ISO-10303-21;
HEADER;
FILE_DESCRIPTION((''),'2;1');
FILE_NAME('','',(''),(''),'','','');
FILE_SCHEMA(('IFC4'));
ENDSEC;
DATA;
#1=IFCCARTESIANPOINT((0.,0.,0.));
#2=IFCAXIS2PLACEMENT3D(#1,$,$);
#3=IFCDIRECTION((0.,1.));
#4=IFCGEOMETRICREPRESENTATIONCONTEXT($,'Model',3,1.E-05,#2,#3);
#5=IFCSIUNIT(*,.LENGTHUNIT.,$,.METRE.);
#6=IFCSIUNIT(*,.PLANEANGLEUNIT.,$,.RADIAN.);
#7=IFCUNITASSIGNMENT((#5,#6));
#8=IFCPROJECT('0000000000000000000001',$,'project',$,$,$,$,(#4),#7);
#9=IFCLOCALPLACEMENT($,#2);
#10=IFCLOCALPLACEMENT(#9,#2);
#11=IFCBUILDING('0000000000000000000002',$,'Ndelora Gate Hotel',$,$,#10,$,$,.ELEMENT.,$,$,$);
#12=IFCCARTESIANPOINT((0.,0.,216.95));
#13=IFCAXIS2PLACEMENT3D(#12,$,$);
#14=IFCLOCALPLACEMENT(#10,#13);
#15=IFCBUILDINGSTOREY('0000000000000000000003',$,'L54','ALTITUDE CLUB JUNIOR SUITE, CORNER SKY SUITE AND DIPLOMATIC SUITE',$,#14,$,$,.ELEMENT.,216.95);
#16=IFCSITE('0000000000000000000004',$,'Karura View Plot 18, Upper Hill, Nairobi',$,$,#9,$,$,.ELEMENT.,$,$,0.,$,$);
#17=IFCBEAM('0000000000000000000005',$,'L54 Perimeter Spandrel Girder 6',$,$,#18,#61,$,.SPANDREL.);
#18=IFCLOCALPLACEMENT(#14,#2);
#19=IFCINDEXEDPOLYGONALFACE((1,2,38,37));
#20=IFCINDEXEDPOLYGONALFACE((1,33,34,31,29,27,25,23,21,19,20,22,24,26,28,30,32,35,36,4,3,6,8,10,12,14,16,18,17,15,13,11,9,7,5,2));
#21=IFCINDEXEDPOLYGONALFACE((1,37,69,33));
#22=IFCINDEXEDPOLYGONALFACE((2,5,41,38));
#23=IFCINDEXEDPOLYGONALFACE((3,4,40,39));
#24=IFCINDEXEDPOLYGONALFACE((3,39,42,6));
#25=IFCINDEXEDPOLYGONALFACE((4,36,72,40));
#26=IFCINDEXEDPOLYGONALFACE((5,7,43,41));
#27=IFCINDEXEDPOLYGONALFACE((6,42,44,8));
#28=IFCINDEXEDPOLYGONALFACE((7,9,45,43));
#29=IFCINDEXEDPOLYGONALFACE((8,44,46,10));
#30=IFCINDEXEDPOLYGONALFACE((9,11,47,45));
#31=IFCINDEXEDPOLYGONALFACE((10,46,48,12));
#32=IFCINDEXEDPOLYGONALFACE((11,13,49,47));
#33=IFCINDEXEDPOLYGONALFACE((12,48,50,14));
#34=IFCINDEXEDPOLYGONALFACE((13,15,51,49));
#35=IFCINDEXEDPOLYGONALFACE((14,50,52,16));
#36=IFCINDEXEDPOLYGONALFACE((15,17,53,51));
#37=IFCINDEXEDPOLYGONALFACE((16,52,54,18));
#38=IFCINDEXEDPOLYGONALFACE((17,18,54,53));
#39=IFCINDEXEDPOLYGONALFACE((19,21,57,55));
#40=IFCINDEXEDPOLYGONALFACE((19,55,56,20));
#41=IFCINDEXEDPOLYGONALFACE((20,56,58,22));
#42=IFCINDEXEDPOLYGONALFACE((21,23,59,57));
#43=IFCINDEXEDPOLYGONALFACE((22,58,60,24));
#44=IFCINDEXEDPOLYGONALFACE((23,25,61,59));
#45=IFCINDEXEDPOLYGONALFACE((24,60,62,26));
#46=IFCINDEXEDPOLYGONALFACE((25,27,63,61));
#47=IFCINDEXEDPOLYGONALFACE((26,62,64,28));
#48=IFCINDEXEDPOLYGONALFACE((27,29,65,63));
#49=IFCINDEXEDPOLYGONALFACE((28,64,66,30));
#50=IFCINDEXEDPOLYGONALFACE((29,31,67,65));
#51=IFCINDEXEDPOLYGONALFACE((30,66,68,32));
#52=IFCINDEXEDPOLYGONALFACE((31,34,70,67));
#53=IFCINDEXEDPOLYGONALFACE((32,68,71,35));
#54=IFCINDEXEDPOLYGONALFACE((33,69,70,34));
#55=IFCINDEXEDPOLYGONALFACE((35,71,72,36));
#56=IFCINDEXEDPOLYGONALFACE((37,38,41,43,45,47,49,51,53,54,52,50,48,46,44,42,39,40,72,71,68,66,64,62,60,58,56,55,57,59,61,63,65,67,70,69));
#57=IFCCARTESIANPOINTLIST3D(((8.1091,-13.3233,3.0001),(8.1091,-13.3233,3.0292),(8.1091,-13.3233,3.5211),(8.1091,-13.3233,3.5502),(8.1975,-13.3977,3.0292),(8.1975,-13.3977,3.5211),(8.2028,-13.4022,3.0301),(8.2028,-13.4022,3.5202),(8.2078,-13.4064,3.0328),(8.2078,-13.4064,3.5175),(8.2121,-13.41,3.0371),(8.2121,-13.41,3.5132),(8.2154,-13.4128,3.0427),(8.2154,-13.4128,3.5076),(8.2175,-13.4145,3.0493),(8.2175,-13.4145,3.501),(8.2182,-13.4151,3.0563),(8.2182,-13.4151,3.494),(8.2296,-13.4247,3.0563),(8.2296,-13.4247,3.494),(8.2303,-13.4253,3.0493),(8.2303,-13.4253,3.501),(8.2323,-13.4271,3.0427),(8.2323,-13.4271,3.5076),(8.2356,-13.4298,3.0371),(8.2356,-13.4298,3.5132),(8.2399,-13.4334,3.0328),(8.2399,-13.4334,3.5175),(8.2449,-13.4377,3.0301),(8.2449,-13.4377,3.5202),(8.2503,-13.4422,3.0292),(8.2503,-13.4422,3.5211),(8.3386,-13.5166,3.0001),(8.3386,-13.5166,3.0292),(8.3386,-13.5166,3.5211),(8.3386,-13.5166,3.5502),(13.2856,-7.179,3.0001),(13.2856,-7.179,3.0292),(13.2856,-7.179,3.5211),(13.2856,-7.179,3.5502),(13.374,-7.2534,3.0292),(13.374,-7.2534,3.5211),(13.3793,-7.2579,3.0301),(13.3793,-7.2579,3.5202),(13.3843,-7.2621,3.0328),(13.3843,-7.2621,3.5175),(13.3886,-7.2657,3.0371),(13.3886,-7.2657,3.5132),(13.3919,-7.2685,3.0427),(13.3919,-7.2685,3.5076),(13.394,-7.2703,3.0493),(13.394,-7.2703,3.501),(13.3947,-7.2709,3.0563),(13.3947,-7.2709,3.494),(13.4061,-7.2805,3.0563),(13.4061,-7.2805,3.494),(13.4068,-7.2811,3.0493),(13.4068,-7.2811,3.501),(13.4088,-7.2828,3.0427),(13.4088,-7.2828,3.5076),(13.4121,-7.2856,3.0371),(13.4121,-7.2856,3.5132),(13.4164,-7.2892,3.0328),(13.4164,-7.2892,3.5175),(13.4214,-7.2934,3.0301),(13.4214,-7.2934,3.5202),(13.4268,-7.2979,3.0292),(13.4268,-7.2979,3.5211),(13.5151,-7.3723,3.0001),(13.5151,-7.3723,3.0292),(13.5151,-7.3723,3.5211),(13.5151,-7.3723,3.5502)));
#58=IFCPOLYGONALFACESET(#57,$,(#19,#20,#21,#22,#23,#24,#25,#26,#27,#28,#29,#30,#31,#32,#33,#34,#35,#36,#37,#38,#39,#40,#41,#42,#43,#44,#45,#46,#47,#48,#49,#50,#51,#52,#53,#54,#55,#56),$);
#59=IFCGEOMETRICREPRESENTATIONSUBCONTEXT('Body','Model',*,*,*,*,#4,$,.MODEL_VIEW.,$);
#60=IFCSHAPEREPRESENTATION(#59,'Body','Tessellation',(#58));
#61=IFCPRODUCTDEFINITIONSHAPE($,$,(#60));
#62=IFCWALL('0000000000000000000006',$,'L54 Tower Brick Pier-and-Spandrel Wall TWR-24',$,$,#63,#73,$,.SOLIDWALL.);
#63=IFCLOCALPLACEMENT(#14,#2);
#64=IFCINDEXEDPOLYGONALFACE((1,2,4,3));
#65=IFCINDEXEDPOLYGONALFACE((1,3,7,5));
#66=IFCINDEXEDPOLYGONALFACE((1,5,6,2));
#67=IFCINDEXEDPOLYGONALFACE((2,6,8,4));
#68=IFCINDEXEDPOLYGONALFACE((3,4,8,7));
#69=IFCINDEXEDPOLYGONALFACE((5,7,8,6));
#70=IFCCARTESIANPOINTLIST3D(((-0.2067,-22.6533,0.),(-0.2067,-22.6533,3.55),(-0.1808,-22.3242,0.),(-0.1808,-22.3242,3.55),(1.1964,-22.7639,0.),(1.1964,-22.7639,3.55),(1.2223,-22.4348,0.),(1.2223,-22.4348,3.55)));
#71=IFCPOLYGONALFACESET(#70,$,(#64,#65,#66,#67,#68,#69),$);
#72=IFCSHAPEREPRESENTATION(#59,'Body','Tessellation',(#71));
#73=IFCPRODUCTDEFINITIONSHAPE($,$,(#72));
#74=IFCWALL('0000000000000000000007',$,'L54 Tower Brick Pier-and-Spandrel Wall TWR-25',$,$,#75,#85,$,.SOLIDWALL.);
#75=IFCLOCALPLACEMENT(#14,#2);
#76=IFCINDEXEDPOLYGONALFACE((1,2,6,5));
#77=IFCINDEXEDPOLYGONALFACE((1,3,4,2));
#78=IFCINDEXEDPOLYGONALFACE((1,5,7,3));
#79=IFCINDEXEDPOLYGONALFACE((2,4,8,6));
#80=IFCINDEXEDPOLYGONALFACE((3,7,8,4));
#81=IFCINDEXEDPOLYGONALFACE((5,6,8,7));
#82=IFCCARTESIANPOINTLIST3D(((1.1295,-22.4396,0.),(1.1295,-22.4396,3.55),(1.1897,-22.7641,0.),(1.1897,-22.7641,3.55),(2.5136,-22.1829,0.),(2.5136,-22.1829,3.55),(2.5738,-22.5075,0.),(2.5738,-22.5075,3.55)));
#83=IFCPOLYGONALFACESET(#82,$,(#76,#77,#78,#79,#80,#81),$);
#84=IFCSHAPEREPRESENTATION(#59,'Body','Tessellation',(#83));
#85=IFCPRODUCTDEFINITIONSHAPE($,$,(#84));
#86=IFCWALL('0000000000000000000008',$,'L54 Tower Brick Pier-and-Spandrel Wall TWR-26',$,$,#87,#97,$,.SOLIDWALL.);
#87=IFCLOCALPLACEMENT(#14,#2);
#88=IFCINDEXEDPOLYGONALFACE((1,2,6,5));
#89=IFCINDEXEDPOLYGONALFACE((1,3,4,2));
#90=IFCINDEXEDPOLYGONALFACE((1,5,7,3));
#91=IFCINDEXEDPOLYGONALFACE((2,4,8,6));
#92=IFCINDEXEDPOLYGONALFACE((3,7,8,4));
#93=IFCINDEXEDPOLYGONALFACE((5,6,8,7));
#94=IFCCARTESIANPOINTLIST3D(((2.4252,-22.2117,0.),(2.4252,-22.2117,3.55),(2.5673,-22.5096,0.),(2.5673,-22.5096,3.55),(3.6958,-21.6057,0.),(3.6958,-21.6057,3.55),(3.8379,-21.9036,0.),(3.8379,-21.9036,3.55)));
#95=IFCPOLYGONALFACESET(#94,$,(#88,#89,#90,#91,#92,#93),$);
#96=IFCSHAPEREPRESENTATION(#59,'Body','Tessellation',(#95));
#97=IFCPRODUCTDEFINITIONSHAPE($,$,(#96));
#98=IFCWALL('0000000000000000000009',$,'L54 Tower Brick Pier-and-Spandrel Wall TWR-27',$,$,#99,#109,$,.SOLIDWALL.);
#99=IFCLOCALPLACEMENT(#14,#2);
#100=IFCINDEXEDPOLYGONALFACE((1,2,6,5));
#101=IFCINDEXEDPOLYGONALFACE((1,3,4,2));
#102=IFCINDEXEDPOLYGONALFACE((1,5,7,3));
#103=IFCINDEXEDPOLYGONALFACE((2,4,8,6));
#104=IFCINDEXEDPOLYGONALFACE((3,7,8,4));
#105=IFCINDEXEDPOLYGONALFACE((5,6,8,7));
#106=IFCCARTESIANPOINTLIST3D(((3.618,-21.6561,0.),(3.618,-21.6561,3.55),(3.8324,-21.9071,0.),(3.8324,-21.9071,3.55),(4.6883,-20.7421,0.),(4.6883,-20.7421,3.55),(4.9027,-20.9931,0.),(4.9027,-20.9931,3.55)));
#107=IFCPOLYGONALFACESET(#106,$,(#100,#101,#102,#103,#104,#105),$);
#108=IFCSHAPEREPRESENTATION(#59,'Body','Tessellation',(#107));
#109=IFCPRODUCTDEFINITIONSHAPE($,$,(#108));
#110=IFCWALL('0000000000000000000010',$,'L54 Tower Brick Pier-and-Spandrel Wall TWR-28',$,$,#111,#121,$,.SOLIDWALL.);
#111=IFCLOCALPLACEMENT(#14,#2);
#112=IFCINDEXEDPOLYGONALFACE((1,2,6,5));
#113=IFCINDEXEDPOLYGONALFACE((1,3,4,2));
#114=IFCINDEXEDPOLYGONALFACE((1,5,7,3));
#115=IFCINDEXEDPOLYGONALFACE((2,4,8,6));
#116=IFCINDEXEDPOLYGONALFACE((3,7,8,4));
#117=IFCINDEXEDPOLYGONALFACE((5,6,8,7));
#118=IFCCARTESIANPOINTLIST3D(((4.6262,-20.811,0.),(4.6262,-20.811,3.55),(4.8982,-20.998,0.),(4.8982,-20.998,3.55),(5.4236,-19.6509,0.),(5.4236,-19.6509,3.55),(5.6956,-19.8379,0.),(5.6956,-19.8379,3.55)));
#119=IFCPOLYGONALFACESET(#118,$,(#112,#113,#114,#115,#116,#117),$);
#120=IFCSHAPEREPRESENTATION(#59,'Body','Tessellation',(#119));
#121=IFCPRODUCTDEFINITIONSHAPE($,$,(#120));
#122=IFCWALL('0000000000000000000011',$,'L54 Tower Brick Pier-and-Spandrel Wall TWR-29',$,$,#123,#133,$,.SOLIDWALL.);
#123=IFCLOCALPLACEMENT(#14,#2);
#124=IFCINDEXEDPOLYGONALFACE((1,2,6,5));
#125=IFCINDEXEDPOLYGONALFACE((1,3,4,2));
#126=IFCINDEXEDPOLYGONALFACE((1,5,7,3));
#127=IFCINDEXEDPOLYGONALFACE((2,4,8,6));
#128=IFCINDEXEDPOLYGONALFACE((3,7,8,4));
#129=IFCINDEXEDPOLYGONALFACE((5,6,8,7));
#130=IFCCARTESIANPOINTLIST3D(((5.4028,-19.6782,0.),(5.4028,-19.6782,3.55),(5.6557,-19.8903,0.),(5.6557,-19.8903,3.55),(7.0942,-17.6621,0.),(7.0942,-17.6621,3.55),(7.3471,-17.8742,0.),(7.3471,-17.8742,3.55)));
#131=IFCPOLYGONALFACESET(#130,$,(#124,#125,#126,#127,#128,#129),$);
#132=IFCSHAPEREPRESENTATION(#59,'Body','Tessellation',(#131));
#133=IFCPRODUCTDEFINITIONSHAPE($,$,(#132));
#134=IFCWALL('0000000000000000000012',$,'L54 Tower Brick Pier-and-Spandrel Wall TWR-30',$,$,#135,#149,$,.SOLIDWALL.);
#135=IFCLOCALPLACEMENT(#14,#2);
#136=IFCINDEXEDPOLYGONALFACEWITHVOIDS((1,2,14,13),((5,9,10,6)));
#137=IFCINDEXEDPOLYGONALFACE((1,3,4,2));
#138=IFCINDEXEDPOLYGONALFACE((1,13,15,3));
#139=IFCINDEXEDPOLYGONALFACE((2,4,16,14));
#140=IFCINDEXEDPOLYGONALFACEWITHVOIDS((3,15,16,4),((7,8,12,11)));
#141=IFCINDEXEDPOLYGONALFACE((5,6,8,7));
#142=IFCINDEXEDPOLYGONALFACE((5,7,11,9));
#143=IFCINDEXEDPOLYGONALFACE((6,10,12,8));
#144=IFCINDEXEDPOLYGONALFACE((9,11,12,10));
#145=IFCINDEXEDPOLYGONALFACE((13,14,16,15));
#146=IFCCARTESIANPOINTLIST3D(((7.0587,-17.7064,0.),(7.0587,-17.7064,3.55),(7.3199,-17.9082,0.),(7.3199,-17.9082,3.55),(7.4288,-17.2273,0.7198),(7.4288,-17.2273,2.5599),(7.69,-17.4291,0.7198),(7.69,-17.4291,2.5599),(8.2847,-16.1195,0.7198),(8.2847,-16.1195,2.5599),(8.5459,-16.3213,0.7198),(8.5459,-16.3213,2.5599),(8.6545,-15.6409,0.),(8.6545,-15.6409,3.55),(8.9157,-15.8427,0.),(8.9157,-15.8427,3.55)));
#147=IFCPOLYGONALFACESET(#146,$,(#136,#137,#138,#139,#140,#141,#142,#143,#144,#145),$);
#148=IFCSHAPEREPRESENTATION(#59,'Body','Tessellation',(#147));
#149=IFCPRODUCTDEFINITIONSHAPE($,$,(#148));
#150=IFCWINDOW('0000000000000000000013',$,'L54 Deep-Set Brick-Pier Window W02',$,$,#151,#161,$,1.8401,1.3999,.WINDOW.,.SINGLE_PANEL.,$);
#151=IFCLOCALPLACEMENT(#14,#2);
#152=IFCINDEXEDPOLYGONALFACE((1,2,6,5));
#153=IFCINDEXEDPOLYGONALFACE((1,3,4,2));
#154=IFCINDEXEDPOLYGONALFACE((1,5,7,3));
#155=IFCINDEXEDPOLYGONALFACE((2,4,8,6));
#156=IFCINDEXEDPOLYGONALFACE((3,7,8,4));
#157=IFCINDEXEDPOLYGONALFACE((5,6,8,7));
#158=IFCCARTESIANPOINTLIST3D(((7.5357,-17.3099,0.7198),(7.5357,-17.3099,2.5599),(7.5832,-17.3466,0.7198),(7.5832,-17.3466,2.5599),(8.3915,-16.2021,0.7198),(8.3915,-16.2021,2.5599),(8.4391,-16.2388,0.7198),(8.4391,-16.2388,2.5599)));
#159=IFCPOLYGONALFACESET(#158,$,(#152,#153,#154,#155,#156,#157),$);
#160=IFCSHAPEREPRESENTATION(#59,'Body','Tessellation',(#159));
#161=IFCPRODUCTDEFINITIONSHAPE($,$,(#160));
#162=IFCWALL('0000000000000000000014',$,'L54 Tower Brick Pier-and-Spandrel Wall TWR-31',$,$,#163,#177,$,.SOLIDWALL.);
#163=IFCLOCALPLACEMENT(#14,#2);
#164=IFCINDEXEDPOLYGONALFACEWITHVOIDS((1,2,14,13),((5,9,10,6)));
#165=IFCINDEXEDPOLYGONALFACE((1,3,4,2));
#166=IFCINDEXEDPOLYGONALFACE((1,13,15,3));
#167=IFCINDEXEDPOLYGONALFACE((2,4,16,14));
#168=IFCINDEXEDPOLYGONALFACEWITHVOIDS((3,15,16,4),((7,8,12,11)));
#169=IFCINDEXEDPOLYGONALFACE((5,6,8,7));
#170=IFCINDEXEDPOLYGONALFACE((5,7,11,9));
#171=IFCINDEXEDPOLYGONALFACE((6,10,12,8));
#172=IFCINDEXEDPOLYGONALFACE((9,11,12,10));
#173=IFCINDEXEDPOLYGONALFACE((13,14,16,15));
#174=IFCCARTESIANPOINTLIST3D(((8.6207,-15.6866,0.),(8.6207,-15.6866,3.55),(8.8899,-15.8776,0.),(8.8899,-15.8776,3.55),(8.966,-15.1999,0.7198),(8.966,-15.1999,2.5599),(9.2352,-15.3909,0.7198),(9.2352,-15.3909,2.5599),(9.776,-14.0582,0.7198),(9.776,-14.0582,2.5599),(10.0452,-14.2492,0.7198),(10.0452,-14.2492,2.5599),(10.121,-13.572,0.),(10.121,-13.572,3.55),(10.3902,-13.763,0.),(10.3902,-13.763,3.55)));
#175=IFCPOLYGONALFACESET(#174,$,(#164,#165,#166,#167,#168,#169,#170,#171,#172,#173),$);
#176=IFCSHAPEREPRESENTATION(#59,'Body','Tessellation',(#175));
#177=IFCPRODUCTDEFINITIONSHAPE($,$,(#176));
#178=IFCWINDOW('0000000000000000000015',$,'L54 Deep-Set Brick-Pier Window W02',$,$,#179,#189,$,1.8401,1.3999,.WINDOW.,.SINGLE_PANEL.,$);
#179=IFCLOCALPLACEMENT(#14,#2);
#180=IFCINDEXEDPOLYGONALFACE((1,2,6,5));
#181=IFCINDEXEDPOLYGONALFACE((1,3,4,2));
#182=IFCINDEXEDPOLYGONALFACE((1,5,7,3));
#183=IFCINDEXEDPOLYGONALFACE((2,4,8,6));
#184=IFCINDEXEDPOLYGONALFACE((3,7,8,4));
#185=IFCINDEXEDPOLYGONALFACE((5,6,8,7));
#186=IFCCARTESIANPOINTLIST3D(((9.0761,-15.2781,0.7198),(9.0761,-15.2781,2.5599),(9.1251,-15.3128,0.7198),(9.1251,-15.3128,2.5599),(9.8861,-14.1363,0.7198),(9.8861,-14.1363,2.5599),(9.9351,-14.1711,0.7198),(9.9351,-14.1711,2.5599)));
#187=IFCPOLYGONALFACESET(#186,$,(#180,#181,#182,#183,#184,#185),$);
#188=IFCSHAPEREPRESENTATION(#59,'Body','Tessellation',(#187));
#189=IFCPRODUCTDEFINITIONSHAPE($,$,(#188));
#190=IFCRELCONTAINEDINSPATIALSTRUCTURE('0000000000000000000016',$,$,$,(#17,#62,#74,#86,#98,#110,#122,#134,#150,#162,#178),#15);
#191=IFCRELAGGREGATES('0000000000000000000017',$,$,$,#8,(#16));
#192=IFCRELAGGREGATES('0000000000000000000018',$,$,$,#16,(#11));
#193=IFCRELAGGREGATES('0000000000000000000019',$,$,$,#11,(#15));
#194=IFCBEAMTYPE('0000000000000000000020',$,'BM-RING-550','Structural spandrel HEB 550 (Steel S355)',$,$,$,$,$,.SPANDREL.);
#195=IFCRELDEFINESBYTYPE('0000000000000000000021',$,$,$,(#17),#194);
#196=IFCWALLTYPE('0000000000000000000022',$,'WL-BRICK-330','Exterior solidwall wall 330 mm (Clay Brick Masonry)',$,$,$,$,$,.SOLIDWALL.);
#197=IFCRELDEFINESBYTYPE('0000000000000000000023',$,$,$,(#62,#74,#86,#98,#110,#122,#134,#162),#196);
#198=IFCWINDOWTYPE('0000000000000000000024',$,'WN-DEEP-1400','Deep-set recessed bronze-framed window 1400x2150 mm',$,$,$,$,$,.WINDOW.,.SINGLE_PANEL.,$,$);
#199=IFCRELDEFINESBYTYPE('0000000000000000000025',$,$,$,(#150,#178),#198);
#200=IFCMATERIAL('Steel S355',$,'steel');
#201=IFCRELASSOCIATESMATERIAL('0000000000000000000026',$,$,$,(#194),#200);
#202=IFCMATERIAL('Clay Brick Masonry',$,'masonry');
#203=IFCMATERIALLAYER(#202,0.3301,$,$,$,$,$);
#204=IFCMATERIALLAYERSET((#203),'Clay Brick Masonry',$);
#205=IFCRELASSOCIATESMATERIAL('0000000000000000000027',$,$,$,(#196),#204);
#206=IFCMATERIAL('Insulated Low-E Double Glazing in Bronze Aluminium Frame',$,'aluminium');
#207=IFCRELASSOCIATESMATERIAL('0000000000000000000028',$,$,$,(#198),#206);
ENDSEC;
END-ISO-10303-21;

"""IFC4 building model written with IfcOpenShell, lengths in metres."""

from ifc_helpers import new_model, si_unit, direction, frame, frame_2d, origin, origin_2d, place, context, subcontext, project, spatial, rectangle, i_section, extrude, material, layer, layer_set, material_profile, profile_set, type_object, element, fill, save


model = new_model("IFC4")

# Units and contexts
model_context = context("Model", 3, precision=1e-05, world=origin(), true_north=direction((0.0, 1.0)))
body_context = subcontext(model_context, "Body", "Model", "MODEL_VIEW")
ifc_project = project(units=[si_unit("LENGTHUNIT", "METRE"), si_unit("PLANEANGLEUNIT", "RADIAN")], contexts=[model_context])

# Site, building, storey
site_placement = place(None, origin())
site = spatial("IfcSite", under=ifc_project, at=site_placement, Name="Karura View Plot 18, Upper Hill, Nairobi", CompositionType="ELEMENT", RefElevation=0.0)
building_placement = place(site_placement, origin())
building = spatial("IfcBuilding", under=site, at=building_placement, Name="Ndelora Gate Hotel", CompositionType="ELEMENT")
storey_placement = place(building_placement, frame((0.0, 0.0, 216.95)))
storey = spatial("IfcBuildingStorey", under=building, at=storey_placement, Name="L54", Description="ALTITUDE CLUB JUNIOR SUITE, CORNER SKY SUITE AND DIPLOMATIC SUITE", CompositionType="ELEMENT", Elevation=216.95)

# Beam
ifc_material_1 = material(Name="Steel S355", Category="steel")
ifc_material_profile_1 = material_profile(ifc_material_1, i_section(OverallWidth=0.3, OverallDepth=0.55, WebThickness=0.0149, FlangeThickness=0.0291, FilletRadius=0.0271, at=origin_2d()), Name="HEB 550")
ifc_profile_set_1 = profile_set([ifc_material_profile_1], Name="Steel S355")
beam_type_1 = type_object("IfcBeamType", Name="BM-RING-550", Description="Structural spandrel HEB 550 (Steel S355)", PredefinedType="SPANDREL", material=ifc_profile_set_1)
beam_1_placement = place(storey_placement, frame((8.2239, -13.4199, 3.2751), z_axis=(0.644309, 0.764765, 0.0), x_axis=(-0.764765, 0.644309, 0.0)))
element("IfcBeam", 1, at=beam_1_placement, inside=storey, type_object=beam_type_1, Name="L54 Perimeter Spandrel Girder 6", PredefinedType="SPANDREL", context=body_context, shape_type="SweptSolid", body=[
    extrude(i_section(OverallWidth=0.3, OverallDepth=0.55, WebThickness=0.0149, FlangeThickness=0.0291, FilletRadius=0.0271, at=origin_2d()), origin(), (0.0, 0.0, 1.0), 8.0342),
])

# Walls
ifc_material_2 = material(Name="Clay Brick Masonry", Category="masonry")
ifc_layer_1 = layer(ifc_material_2, 0.3301)
ifc_layer_set_1 = layer_set([ifc_layer_1], Name="Clay Brick Masonry")
wall_type = type_object("IfcWallType", Name="WL-BRICK-330", Description="Exterior solidwall wall 330 mm (Clay Brick Masonry)", PredefinedType="SOLIDWALL", material=ifc_layer_set_1)
wall_1_placement = place(storey_placement, frame((1.2092, -22.5994, 0.0), z_axis=(0.0, 0.0, 1.0), x_axis=(-0.996908, 0.07858, 0.0)))
element("IfcWall", 2, at=wall_1_placement, inside=storey, type_object=wall_type, Name="L54 Tower Brick Pier-and-Spandrel Wall TWR-24", PredefinedType="SOLIDWALL", context=body_context, shape_type="SweptSolid", body=[
    extrude(rectangle(XDim=1.4075, YDim=0.3301, at=frame_2d((0.7036, 0.0))), origin(), (0.0, 0.0, 1.0), 3.55),
])
for number, where, z_axis, x_axis, name in (
    (3, (2.5437, -22.3452, 0.0), (0.0, 0.0, 1.0), (-0.983245, -0.182288, 0.0), "L54 Tower Brick Pier-and-Spandrel Wall TWR-25"),
    (4, (3.7668, -21.7546, 0.0), (0.0, 0.0, 1.0), (-0.902597, -0.430486, 0.0), "L54 Tower Brick Pier-and-Spandrel Wall TWR-26"),
):
    element("IfcWall", number, at=place(storey_placement, frame(where, z_axis=z_axis, x_axis=x_axis)), inside=storey, type_object=wall_type, Name=name, PredefinedType="SOLIDWALL", context=body_context, shape_type="SweptSolid", body=[
        extrude(rectangle(XDim=1.4077, YDim=0.3301, at=frame_2d((0.7039, 0.0))), origin(), (0.0, 0.0, 1.0), 3.55),
    ])
wall_2_placement = place(storey_placement, frame((4.7954, -20.8677, 0.0), z_axis=(0.0, 0.0, 1.0), x_axis=(-0.760431, -0.649419, 0.0)))
element("IfcWall", 5, at=wall_2_placement, inside=storey, type_object=wall_type, Name="L54 Tower Brick Pier-and-Spandrel Wall TWR-27", PredefinedType="SOLIDWALL", context=body_context, shape_type="SweptSolid", body=[
    extrude(rectangle(XDim=1.4075, YDim=0.3301, at=frame_2d((0.7036, 0.0))), origin(), (0.0, 0.0, 1.0), 3.55),
])
wall_3_placement = place(storey_placement, frame((5.5596, -19.7444, 0.0), z_axis=(0.0, 0.0, 1.0), x_axis=(-0.566411, -0.824123, 0.0)))
element("IfcWall", 6, at=wall_3_placement, inside=storey, type_object=wall_type, Name="L54 Tower Brick Pier-and-Spandrel Wall TWR-28", PredefinedType="SOLIDWALL", context=body_context, shape_type="SweptSolid", body=[
    extrude(rectangle(XDim=1.4077, YDim=0.3301, at=frame_2d((0.7039, 0.0))), origin(), (0.0, 0.0, 1.0), 3.55),
])
wall_4_placement = place(storey_placement, frame((7.2207, -17.7681, 0.0), z_axis=(0.0, 0.0, 1.0), x_axis=(-0.642718, -0.766103, 0.0)))
element("IfcWall", 7, at=wall_4_placement, inside=storey, type_object=wall_type, Name="L54 Tower Brick Pier-and-Spandrel Wall TWR-29", PredefinedType="SOLIDWALL", context=body_context, shape_type="SweptSolid", body=[
    extrude(rectangle(XDim=2.6316, YDim=0.3301, at=frame_2d((1.3159, 0.0))), origin(), (0.0, 0.0, 1.0), 3.55),
])

# Walls, openings, windows
wall_5_placement = place(storey_placement, frame((8.7852, -15.7417, 0.0), z_axis=(0.0, 0.0, 1.0), x_axis=(-0.611373, -0.791343, 0.0)))
wall_5 = element("IfcWall", 8, at=wall_5_placement, inside=storey, type_object=wall_type, Name="L54 Tower Brick Pier-and-Spandrel Wall TWR-30", PredefinedType="SOLIDWALL", context=body_context, shape_type="SweptSolid", body=[
    extrude(rectangle(XDim=2.6101, YDim=0.3301, at=frame_2d((1.3052, 0.0))), origin(), (0.0, 0.0, 1.0), 3.55),
])
opening_1_placement = place(wall_5_placement, frame((0.605, 0.0, 0.72)))
opening_1 = element("IfcOpeningElement", 9, at=opening_1_placement, cuts=wall_5, PredefinedType="OPENING", context=body_context, shape_type="SweptSolid", body=[
    extrude(rectangle(XDim=1.3999, YDim=1.8401, at=frame_2d((0.7, 0.9199))), frame((0.0, 0.175, 0.0), z_axis=(0.0, -1.0, 0.0), x_axis=(1.0, 0.0, 0.0)), (0.0, 0.0, 1.0), 0.3501),
])
ifc_material_3 = material(Name="Insulated Low-E Double Glazing in Bronze Aluminium Frame", Category="aluminium")
window_type = type_object("IfcWindowType", Name="WN-DEEP-1400", Description="Deep-set recessed bronze-framed window 1400x2150 mm", PartitioningType="SINGLE_PANEL", PredefinedType="WINDOW", material=ifc_material_3)
window_1_placement = place(opening_1_placement, origin())
window_1 = element("IfcWindow", 10, at=window_1_placement, inside=storey, type_object=window_type, Name="L54 Deep-Set Brick-Pier Window W02", OverallHeight=1.8401, OverallWidth=1.3999, PartitioningType="SINGLE_PANEL", PredefinedType="WINDOW", context=body_context, shape_type="SweptSolid", body=[
    extrude(rectangle(XDim=1.3999, YDim=1.8401, at=frame_2d((0.7, 0.9199))), frame((0.0, 0.03, 0.0), z_axis=(0.0, -1.0, 0.0), x_axis=(1.0, 0.0, 0.0)), (0.0, 0.0, 1.0), 0.0601),
])
fill(opening_1, window_1)
wall_6_placement = place(storey_placement, frame((10.2556, -13.6675, 0.0), z_axis=(0.0, 0.0, 1.0), x_axis=(-0.578652, -0.815575, 0.0)))
wall_6 = element("IfcWall", 11, at=wall_6_placement, inside=storey, type_object=wall_type, Name="L54 Tower Brick Pier-and-Spandrel Wall TWR-31", PredefinedType="SOLIDWALL", context=body_context, shape_type="SweptSolid", body=[
    extrude(rectangle(XDim=2.5928, YDim=0.3301, at=frame_2d((1.2964, 0.0))), origin(), (0.0, 0.0, 1.0), 3.55),
])
opening_2_placement = place(wall_6_placement, frame((0.5962, 0.0, 0.72)))
opening_2 = element("IfcOpeningElement", 12, at=opening_2_placement, cuts=wall_6, PredefinedType="OPENING", context=body_context, shape_type="SweptSolid", body=[
    extrude(rectangle(XDim=1.3999, YDim=1.8401, at=frame_2d((0.7, 0.9199))), frame((0.0, 0.175, 0.0), z_axis=(0.0, -1.0, 0.0), x_axis=(1.0, 0.0, 0.0)), (0.0, 0.0, 1.0), 0.3501),
])
window_2_placement = place(opening_2_placement, origin())
window_2 = element("IfcWindow", 13, at=window_2_placement, inside=storey, type_object=window_type, Name="L54 Deep-Set Brick-Pier Window W02", OverallHeight=1.8401, OverallWidth=1.3999, PartitioningType="SINGLE_PANEL", PredefinedType="WINDOW", context=body_context, shape_type="SweptSolid", body=[
    extrude(rectangle(XDim=1.3999, YDim=1.8401, at=frame_2d((0.7, 0.9199))), frame((0.0, 0.03, 0.0), z_axis=(0.0, -1.0, 0.0), x_axis=(1.0, 0.0, 0.0)), (0.0, 0.0, 1.0), 0.0601),
])
fill(opening_2, window_2)

save(model, "model.ifc")
